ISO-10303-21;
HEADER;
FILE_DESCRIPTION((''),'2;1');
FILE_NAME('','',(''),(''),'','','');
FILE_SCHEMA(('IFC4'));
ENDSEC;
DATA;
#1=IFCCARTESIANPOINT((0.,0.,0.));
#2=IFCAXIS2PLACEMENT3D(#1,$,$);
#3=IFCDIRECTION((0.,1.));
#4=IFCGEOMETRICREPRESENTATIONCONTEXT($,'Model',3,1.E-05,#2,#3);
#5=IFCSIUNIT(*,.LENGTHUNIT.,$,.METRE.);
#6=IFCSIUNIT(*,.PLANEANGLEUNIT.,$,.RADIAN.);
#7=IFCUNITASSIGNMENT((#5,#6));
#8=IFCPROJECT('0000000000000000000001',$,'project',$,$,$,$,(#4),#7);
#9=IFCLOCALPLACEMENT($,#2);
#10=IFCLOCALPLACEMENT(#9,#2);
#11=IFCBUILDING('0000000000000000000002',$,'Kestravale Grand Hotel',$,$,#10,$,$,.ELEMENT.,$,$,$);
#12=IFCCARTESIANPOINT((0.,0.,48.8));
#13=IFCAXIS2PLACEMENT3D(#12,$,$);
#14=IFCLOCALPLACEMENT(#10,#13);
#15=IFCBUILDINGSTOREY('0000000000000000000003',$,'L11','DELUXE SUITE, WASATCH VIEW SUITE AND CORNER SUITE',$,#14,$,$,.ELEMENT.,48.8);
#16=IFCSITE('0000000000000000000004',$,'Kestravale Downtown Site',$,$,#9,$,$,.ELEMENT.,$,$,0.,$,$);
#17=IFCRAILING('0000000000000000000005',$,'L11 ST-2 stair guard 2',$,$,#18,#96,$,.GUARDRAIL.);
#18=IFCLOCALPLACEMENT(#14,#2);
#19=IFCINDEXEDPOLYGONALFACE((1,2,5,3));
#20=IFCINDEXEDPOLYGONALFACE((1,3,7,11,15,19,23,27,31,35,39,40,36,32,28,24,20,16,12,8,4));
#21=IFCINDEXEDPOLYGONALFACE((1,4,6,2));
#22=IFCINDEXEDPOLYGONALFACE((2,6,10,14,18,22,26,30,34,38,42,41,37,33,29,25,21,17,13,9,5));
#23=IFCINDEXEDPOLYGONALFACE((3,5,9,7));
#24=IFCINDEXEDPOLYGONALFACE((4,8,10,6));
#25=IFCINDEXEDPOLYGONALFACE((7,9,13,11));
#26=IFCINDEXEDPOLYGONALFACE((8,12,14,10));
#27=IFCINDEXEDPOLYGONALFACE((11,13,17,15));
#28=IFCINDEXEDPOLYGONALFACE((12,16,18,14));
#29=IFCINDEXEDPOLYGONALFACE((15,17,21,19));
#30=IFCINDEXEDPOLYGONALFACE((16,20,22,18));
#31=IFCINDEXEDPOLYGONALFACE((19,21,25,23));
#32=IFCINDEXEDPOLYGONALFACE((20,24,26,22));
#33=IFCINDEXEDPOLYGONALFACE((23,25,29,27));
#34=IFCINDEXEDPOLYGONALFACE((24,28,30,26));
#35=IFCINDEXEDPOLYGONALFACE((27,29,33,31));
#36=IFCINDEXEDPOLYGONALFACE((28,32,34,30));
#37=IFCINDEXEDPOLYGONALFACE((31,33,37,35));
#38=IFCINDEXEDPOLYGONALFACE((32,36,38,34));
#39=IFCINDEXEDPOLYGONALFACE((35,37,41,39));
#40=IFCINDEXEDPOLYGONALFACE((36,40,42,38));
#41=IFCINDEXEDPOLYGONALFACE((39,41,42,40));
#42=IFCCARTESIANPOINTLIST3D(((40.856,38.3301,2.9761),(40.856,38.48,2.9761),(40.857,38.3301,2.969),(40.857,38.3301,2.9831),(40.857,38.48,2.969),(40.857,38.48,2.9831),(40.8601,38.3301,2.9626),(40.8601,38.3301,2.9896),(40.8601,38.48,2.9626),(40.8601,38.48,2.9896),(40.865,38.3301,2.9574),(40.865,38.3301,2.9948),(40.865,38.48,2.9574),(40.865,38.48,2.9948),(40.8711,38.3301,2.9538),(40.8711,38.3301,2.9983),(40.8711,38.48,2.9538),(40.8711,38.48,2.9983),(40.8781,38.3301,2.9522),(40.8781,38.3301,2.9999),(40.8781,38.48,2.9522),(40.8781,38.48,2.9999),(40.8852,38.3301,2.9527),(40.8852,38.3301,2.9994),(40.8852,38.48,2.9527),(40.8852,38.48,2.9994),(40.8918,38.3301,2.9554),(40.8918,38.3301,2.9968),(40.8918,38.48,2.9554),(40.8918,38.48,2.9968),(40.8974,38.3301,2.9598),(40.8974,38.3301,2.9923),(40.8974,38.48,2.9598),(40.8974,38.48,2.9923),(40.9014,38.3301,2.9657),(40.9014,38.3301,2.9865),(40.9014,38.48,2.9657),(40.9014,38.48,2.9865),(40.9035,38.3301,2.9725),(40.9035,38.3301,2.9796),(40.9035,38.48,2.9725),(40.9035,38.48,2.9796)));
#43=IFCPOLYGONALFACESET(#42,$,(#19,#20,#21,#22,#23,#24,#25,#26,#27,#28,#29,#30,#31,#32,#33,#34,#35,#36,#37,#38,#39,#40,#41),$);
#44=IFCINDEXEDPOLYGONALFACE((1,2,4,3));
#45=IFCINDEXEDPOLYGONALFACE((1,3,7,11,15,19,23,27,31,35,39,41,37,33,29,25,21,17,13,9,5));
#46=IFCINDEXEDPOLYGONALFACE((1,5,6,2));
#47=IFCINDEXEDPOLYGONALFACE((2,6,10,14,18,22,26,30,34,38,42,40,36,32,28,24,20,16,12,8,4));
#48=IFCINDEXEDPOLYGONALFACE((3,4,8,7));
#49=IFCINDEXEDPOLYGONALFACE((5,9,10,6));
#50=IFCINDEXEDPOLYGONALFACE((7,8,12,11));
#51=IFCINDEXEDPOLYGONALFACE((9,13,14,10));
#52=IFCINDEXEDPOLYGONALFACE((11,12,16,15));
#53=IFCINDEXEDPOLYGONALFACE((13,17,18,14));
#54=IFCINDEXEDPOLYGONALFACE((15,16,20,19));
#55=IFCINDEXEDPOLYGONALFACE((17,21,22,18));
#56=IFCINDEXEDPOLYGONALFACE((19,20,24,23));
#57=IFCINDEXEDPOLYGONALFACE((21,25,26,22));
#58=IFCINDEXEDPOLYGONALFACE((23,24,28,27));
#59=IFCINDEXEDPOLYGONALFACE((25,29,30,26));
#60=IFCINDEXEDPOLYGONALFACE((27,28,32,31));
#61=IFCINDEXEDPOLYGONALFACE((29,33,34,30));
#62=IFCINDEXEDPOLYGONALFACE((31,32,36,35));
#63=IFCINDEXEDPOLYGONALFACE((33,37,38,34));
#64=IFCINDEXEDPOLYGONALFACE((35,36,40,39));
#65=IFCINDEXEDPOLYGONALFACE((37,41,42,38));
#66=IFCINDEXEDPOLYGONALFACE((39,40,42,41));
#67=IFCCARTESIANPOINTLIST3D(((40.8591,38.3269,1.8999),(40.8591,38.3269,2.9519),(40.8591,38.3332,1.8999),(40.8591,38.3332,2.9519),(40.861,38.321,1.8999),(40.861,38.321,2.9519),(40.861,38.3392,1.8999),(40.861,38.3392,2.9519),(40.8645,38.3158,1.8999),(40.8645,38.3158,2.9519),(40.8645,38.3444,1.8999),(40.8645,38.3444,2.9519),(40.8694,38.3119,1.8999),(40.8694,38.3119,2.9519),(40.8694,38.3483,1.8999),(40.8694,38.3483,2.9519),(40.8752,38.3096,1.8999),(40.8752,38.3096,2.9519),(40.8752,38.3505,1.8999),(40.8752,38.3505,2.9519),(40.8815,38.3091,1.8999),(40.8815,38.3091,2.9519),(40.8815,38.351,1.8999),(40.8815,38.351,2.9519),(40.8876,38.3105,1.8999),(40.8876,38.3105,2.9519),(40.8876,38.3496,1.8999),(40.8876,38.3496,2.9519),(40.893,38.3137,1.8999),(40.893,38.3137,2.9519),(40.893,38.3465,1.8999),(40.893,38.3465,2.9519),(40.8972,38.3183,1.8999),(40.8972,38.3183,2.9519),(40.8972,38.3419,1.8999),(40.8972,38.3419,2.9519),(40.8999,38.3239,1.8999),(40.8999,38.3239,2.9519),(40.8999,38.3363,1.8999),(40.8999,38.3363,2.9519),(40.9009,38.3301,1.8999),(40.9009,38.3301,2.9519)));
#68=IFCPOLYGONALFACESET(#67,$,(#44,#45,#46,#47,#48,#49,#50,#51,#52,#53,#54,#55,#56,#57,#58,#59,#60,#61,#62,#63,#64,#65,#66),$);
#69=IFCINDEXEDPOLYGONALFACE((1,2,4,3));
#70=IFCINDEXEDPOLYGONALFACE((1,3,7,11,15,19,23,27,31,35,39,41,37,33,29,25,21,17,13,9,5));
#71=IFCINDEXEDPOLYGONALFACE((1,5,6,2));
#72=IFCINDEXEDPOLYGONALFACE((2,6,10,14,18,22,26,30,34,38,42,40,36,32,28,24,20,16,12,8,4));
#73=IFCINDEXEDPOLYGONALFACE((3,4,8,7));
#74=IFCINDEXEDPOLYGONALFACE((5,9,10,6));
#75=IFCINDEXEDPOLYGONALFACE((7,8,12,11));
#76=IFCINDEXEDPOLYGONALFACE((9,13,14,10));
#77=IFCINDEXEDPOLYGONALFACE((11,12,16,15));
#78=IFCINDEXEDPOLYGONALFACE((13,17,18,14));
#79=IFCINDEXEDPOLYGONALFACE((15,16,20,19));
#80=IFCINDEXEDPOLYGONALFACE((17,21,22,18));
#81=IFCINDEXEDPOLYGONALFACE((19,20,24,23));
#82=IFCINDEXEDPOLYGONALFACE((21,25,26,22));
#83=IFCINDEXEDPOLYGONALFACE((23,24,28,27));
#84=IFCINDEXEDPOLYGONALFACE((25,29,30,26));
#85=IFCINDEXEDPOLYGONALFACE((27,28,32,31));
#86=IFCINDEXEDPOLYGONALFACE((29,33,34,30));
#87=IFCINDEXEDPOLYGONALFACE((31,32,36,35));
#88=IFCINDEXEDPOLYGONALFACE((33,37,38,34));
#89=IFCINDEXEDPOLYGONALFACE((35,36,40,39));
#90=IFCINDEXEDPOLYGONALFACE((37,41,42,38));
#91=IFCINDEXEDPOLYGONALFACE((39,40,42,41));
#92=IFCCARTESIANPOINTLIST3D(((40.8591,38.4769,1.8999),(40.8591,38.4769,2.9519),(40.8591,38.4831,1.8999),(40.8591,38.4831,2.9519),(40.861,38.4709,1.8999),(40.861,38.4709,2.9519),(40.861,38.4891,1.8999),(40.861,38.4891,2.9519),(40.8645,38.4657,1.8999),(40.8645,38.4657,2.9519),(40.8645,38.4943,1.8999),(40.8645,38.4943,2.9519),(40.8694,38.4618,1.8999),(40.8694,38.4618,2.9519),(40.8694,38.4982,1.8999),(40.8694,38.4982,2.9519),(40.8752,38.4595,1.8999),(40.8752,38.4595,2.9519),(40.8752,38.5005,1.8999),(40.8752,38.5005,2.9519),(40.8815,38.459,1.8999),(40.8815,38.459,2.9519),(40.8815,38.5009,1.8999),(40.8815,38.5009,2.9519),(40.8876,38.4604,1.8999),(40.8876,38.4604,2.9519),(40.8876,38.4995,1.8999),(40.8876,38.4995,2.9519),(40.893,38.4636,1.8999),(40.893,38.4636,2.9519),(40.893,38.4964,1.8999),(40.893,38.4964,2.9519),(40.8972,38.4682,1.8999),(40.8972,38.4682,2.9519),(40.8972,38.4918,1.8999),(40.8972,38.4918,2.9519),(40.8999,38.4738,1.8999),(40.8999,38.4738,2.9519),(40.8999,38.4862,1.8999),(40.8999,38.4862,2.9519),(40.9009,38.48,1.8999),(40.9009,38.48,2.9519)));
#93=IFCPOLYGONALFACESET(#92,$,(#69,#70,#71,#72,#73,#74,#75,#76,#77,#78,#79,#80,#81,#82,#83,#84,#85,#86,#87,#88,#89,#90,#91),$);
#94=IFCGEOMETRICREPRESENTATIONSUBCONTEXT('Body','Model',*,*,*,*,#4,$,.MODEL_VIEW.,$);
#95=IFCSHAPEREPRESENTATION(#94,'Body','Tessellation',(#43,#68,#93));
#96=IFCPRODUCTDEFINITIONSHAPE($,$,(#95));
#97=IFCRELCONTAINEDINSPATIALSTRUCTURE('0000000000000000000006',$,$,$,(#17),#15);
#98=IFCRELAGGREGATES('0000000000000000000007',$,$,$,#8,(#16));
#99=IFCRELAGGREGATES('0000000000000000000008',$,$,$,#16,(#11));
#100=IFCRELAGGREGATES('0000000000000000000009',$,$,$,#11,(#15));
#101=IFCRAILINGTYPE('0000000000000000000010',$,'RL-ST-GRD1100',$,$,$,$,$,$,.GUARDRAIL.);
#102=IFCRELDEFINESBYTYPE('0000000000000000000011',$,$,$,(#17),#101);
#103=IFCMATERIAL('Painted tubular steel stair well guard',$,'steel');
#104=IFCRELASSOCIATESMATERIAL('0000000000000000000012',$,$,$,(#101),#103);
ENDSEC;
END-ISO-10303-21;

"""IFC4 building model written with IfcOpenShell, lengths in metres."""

from ifc_helpers import new_model, si_unit, direction, frame, origin, origin_2d, place, context, subcontext, project, spatial, circle, extrude, material, type_object, element, save


model = new_model("IFC4")

# Units and contexts
model_context = context("Model", 3, precision=1e-05, world=origin(), true_north=direction((0.0, 1.0)))
body_context = subcontext(model_context, "Body", "Model", "MODEL_VIEW")
ifc_project = project(units=[si_unit("LENGTHUNIT", "METRE"), si_unit("PLANEANGLEUNIT", "RADIAN")], contexts=[model_context])

# Site, building, storey
site_placement = place(None, origin())
site = spatial("IfcSite", under=ifc_project, at=site_placement, Name="Kestravale Downtown Site", CompositionType="ELEMENT", RefElevation=0.0)
building_placement = place(site_placement, origin())
building = spatial("IfcBuilding", under=site, at=building_placement, Name="Kestravale Grand Hotel", CompositionType="ELEMENT")
storey_placement = place(building_placement, frame((0.0, 0.0, 48.8)))
storey = spatial("IfcBuildingStorey", under=building, at=storey_placement, Name="L11", Description="DELUXE SUITE, WASATCH VIEW SUITE AND CORNER SUITE", CompositionType="ELEMENT", Elevation=48.8)

# Railing
ifc_material_1 = material(Name="Painted tubular steel stair well guard", Category="steel")
railing_type_1 = type_object("IfcRailingType", Name="RL-ST-GRD1100", PredefinedType="GUARDRAIL", material=ifc_material_1)
railing_1_placement = place(storey_placement, frame((40.8799, 38.3301, 1.8999)))
element("IfcRailing", 1, at=railing_1_placement, inside=storey, type_object=railing_type_1, Name="L11 ST-2 stair guard 2", PredefinedType="GUARDRAIL", context=body_context, shape_type="SweptSolid", body=[
    extrude(circle(Radius=0.0239, at=origin_2d()), frame((0.0, 0.0, 1.0762), z_axis=(0.0, 1.0, 0.0), x_axis=(-1.0, 0.0, 0.0)), (0.0, 0.0, 1.0), 0.1499),
    extrude(circle(Radius=0.021, at=origin_2d()), origin(), (0.0, 0.0, 1.0), 1.052),
    extrude(circle(Radius=0.021, at=origin_2d()), frame((0.0, 0.1499, 0.0)), (0.0, 0.0, 1.0), 1.052),
])

save(model, "model.ifc")
